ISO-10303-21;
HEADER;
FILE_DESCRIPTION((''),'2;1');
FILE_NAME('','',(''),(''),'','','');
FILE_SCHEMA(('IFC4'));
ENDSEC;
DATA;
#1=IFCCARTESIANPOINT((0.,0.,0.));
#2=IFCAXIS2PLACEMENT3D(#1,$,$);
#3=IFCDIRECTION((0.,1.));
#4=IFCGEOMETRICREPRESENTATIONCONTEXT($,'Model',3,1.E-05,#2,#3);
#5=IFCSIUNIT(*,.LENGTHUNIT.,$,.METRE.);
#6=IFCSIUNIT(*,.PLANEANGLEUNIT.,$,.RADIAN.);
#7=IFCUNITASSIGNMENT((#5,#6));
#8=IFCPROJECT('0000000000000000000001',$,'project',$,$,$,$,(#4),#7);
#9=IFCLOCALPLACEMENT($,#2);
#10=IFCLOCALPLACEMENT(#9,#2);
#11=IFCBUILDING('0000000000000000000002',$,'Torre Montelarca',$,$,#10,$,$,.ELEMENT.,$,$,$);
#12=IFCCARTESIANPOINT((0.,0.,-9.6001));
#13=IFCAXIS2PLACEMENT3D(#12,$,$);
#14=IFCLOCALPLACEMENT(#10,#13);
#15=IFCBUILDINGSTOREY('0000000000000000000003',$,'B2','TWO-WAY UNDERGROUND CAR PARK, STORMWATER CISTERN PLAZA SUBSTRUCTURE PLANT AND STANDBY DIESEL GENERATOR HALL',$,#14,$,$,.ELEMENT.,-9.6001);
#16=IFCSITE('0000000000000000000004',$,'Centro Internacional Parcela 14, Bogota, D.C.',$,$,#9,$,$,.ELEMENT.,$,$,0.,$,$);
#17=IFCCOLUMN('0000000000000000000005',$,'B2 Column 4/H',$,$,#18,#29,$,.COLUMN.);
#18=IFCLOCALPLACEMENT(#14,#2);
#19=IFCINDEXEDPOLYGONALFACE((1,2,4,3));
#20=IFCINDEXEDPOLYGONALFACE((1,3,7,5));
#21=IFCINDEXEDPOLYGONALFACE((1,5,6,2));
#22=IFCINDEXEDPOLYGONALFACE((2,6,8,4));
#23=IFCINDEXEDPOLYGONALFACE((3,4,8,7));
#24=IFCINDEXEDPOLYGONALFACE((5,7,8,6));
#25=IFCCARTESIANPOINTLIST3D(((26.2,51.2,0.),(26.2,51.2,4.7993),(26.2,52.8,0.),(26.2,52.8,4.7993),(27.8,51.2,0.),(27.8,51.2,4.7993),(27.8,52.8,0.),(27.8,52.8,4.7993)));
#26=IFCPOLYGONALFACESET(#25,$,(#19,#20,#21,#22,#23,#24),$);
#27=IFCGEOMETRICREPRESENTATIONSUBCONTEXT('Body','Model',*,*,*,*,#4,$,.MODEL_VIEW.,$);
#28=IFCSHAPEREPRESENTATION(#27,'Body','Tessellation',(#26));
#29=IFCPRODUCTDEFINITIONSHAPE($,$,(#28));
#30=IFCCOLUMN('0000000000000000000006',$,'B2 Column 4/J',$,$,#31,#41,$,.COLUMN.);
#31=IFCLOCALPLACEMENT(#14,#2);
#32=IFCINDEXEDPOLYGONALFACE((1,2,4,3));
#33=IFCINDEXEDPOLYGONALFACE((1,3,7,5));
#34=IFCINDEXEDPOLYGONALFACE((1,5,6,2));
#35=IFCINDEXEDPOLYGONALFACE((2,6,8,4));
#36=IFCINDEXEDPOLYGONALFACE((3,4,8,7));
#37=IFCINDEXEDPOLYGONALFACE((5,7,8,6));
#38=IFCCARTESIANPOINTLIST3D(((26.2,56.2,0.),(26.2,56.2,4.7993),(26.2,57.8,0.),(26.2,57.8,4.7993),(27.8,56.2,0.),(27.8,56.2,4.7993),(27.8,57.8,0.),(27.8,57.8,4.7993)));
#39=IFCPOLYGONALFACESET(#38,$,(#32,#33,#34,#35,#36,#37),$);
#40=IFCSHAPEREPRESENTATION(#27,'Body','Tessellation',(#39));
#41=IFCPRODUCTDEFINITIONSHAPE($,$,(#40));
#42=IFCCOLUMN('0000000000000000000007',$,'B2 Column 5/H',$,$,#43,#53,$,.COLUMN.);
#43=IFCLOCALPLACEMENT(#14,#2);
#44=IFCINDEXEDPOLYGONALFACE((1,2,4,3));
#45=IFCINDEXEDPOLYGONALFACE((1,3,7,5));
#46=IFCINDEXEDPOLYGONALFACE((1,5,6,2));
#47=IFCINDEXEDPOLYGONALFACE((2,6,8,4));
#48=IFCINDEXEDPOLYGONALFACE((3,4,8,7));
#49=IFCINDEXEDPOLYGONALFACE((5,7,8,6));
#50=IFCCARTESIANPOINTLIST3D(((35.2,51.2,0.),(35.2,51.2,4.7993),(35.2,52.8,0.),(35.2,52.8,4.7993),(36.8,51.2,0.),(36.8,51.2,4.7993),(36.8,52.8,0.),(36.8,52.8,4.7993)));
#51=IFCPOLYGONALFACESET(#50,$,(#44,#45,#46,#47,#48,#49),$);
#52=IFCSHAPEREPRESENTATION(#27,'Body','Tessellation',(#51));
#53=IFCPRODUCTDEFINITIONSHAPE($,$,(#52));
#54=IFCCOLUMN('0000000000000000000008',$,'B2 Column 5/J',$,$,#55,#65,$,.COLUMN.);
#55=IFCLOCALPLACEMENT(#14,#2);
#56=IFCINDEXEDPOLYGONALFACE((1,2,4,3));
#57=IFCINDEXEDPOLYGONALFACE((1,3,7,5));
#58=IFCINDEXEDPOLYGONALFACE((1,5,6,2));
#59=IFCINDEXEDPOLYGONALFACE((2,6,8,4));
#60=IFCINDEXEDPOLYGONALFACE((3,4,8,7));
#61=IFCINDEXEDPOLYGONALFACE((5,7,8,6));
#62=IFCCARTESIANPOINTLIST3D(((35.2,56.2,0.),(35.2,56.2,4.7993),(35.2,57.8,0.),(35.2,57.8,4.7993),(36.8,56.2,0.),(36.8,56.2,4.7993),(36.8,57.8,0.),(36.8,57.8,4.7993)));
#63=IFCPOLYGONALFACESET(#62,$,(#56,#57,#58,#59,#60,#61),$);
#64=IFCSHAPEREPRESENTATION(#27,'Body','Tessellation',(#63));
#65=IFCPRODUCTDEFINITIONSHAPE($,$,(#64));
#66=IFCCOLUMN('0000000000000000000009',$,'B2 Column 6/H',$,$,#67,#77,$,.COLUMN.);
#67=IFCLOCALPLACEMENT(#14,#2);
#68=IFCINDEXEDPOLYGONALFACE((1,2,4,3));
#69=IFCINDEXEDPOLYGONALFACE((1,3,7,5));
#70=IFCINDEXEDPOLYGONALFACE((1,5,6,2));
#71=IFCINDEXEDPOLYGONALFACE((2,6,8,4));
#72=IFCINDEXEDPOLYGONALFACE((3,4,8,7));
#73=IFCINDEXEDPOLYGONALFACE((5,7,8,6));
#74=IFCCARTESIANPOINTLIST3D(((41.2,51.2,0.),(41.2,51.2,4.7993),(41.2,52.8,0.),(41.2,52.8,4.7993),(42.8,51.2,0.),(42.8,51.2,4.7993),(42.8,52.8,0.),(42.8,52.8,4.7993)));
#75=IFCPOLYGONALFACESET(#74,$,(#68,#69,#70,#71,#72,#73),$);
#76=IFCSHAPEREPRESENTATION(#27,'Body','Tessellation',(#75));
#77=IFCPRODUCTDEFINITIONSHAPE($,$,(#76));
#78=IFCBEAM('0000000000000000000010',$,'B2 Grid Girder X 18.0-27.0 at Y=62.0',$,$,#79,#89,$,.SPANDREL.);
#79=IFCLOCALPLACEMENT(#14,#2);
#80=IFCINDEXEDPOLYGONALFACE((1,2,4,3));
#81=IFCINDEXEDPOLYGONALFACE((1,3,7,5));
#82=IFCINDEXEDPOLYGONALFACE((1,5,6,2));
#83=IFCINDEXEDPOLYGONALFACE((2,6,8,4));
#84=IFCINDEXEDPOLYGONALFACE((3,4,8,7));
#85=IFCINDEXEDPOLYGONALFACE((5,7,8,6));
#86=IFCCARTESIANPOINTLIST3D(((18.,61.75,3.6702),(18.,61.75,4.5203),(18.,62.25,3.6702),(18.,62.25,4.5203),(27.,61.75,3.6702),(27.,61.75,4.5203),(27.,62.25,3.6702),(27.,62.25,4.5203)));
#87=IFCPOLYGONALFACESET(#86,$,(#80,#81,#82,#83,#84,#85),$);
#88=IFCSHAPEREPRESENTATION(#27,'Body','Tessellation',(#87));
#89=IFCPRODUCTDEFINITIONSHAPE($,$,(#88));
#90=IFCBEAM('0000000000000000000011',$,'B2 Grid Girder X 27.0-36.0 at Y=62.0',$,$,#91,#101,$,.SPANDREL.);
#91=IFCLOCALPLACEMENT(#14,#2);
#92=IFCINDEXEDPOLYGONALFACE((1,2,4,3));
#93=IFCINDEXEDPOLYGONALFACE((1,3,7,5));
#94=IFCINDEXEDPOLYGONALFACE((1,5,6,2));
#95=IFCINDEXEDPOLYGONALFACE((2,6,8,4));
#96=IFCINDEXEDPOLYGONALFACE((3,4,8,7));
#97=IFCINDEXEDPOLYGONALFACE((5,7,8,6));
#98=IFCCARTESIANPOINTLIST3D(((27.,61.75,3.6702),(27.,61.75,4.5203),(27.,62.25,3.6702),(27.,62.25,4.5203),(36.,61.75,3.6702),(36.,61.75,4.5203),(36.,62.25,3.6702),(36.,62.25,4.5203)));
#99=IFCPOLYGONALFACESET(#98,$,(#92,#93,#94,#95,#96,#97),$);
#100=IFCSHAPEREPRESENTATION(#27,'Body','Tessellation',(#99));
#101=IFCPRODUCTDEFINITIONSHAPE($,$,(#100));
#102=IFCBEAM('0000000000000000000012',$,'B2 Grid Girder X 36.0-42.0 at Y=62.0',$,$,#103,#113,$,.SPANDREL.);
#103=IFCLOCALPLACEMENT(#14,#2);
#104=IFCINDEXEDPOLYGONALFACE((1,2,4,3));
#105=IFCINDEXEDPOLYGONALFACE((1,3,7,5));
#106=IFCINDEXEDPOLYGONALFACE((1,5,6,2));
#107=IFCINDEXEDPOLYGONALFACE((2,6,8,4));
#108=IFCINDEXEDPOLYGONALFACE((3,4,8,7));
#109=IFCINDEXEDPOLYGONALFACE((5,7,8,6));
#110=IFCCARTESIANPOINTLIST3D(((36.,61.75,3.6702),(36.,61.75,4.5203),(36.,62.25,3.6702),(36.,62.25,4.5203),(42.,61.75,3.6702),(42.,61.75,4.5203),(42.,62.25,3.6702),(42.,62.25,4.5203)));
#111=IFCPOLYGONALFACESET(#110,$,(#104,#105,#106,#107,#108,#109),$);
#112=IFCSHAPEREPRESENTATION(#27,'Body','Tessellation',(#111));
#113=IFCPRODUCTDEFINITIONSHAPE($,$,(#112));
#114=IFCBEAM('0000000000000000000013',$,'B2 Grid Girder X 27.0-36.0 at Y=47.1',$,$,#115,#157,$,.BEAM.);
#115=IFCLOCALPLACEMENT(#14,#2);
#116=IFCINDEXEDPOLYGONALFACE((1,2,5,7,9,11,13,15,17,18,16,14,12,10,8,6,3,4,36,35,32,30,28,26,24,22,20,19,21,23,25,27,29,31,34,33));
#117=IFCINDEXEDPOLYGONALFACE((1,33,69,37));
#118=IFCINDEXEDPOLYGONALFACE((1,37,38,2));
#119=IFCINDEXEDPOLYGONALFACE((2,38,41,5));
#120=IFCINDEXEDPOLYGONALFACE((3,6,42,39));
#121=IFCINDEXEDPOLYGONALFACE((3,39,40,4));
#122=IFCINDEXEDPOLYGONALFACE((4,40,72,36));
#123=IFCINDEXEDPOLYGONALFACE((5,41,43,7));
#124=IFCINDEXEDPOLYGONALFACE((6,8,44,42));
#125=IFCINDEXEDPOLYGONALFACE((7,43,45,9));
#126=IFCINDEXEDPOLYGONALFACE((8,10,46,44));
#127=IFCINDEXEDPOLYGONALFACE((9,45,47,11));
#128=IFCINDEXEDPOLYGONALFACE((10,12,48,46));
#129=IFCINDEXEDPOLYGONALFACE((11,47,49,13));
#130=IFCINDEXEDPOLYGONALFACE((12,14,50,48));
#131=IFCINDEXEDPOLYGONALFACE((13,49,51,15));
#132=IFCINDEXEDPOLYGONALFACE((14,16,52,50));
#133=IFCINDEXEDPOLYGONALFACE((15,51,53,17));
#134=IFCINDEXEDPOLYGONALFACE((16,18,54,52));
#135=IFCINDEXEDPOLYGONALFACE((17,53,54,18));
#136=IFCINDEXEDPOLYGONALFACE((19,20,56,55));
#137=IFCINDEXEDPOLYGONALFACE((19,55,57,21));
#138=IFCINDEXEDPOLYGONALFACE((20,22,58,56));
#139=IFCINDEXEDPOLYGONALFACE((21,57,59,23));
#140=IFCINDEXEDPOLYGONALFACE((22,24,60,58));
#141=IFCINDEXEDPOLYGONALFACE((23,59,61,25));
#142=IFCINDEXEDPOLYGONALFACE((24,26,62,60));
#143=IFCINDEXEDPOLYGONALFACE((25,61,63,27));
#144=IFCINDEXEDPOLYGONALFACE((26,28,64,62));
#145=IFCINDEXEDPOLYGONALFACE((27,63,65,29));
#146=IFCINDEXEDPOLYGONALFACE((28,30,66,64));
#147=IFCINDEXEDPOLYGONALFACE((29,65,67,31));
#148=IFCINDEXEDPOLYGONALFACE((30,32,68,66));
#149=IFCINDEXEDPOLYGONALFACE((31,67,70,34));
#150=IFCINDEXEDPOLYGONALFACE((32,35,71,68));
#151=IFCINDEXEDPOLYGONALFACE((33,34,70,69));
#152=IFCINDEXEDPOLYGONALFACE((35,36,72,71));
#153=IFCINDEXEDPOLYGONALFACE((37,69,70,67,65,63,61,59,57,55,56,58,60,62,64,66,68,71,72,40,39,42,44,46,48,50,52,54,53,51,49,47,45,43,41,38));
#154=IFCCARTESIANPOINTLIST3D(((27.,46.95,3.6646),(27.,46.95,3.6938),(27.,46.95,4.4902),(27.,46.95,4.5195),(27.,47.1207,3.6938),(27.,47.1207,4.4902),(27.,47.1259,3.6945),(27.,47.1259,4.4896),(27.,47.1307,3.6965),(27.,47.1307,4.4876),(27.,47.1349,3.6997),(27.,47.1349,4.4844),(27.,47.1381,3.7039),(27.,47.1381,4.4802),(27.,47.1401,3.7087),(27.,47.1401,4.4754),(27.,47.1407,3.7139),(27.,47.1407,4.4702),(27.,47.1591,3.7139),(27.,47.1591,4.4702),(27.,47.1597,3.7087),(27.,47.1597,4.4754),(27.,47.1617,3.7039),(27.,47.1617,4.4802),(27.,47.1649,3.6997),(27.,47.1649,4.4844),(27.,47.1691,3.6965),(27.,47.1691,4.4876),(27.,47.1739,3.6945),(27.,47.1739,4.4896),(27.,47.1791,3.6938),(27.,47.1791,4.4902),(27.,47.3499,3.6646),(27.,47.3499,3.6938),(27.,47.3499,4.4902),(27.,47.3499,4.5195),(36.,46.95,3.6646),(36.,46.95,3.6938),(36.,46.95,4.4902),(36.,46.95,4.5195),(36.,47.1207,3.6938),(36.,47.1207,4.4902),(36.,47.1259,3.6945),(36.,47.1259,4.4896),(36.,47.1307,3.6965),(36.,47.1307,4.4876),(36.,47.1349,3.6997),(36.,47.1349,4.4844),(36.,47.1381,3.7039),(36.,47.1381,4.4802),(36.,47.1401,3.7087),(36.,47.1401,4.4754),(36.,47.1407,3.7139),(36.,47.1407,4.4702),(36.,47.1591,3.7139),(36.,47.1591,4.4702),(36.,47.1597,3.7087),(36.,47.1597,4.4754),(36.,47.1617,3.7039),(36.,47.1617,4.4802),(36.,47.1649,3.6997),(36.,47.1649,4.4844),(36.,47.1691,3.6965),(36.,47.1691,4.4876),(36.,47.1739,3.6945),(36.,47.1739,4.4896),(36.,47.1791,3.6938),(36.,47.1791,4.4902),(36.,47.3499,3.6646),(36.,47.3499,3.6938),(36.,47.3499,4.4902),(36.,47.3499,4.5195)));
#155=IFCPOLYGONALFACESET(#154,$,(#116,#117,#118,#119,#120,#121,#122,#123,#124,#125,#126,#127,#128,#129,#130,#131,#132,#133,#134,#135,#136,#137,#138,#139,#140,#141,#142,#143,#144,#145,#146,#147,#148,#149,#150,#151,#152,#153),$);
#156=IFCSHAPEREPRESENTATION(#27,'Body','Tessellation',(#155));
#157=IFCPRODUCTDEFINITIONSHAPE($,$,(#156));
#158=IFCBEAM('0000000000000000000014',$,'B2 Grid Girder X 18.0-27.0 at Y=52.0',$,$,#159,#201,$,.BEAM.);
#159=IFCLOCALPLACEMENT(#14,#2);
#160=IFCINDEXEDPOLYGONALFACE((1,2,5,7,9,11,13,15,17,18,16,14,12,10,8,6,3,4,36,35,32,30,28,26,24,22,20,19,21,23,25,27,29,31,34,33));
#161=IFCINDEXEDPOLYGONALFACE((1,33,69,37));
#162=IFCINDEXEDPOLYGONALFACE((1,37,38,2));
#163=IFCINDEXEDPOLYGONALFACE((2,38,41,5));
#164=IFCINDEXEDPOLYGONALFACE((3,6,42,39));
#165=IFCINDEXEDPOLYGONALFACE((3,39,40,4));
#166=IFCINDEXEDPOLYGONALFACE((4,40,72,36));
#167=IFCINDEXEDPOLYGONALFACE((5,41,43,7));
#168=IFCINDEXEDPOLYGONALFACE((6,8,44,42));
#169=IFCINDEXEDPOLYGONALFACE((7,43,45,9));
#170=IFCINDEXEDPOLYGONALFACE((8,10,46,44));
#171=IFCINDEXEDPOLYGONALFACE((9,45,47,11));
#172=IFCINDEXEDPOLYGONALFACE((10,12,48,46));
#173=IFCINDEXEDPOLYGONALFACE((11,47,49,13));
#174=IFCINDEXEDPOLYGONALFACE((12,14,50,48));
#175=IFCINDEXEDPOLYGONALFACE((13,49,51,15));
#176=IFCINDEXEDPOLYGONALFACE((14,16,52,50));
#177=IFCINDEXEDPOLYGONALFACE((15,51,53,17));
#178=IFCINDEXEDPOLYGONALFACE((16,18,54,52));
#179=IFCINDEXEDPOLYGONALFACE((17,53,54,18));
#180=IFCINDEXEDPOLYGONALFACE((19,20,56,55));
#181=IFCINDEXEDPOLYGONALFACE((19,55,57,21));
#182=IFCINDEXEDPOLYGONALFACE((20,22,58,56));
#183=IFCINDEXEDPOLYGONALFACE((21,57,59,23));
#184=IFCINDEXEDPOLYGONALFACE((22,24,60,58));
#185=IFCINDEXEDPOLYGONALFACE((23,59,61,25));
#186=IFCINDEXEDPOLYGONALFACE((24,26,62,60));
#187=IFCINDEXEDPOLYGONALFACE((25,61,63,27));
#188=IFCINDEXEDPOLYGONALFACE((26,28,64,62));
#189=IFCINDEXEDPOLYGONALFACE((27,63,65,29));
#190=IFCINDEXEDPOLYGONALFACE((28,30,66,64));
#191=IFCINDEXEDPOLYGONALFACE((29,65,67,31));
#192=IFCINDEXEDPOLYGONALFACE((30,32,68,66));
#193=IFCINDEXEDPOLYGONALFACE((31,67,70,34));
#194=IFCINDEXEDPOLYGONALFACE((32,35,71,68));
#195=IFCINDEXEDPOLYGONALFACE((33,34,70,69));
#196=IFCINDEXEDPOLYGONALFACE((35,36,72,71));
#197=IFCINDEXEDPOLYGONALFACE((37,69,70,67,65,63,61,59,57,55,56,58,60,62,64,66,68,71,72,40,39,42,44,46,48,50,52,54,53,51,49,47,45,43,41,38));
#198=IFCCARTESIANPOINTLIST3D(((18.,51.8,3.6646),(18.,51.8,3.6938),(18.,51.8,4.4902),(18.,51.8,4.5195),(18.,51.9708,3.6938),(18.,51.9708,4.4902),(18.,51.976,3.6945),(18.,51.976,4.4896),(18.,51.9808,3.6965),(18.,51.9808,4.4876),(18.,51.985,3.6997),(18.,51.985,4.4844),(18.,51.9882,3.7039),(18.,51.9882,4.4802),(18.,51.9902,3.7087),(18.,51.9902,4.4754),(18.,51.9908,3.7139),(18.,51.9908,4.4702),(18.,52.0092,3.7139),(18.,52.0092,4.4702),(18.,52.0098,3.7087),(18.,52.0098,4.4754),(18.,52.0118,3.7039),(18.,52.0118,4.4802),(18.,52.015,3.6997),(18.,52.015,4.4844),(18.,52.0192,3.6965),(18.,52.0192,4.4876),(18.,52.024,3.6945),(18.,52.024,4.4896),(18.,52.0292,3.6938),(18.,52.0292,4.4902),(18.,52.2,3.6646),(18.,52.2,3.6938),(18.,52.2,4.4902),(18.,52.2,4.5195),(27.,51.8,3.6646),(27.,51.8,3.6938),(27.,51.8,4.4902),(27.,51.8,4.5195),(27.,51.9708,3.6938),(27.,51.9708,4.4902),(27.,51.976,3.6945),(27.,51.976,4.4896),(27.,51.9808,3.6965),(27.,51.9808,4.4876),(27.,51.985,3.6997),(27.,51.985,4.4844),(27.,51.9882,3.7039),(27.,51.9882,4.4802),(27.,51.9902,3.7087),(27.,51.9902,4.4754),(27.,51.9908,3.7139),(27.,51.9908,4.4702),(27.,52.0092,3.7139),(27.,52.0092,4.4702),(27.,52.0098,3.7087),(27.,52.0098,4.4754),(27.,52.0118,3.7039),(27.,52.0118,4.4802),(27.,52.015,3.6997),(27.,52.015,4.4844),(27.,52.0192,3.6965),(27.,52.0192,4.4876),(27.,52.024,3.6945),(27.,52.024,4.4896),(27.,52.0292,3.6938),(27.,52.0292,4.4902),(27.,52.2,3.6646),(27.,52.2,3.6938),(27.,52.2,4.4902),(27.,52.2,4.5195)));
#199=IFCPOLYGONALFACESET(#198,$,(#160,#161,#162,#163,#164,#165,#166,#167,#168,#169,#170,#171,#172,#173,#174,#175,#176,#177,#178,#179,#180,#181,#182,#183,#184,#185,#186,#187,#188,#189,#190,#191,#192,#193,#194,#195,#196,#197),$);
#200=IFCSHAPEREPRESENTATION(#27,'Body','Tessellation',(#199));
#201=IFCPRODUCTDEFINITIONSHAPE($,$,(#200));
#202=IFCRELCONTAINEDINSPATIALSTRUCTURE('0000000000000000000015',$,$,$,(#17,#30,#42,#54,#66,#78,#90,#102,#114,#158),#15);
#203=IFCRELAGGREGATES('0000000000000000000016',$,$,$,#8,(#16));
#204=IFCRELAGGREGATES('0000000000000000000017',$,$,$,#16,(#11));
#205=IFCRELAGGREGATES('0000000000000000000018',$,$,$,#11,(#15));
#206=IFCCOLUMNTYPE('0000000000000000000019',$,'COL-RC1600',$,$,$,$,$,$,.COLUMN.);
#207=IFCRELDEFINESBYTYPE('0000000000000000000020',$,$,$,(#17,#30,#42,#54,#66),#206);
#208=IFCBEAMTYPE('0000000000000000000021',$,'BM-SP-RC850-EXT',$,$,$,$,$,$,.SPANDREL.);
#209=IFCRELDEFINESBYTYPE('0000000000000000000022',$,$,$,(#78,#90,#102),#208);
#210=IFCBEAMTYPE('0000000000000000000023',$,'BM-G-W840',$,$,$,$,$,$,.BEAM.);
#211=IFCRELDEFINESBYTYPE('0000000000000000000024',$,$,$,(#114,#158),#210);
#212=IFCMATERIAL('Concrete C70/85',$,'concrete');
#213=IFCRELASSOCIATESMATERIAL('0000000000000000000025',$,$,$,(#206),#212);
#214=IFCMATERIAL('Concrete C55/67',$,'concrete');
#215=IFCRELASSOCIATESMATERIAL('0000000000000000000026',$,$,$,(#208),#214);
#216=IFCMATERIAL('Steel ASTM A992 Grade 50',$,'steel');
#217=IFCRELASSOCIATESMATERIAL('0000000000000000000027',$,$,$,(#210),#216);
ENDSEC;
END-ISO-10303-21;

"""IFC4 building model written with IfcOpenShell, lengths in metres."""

from ifc_helpers import new_model, si_unit, direction, frame, origin, origin_2d, place, context, subcontext, project, spatial, rectangle, i_section, extrude, source, transform, mapped, material, material_profile, profile_set, type_object, element, save


model = new_model("IFC4")

# Units and contexts
model_context = context("Model", 3, precision=1e-05, world=origin(), true_north=direction((0.0, 1.0)))
body_context = subcontext(model_context, "Body", "Model", "MODEL_VIEW")
ifc_project = project(units=[si_unit("LENGTHUNIT", "METRE"), si_unit("PLANEANGLEUNIT", "RADIAN")], contexts=[model_context])

# Site, building, storey
site_placement = place(None, origin())
site = spatial("IfcSite", under=ifc_project, at=site_placement, Name="Centro Internacional Parcela 14, Bogota, D.C.", CompositionType="ELEMENT", RefElevation=0.0)
building_placement = place(site_placement, origin())
building = spatial("IfcBuilding", under=site, at=building_placement, Name="Torre Montelarca", CompositionType="ELEMENT")
storey_placement = place(building_placement, frame((0.0, 0.0, -9.6001)))
storey = spatial("IfcBuildingStorey", under=building, at=storey_placement, Name="B2", Description="TWO-WAY UNDERGROUND CAR PARK, STORMWATER CISTERN PLAZA SUBSTRUCTURE PLANT AND STANDBY DIESEL GENERATOR HALL", CompositionType="ELEMENT", Elevation=-9.6001)

# Columns
ifc_material_1 = material(Name="Concrete C70/85", Category="concrete")
ifc_material_profile_1 = material_profile(ifc_material_1, rectangle(XDim=1.6001, YDim=1.6001, at=origin_2d()), Name="RC1600X1600", Category="concrete")
ifc_profile_set_1 = profile_set([ifc_material_profile_1], Name="Concrete C70/85")
column_type_1 = type_object("IfcColumnType", Name="COL-RC1600", PredefinedType="COLUMN", material=ifc_profile_set_1)
shared_shape_1 = source(origin(), body_context, "Body", "SweptSolid", [
    extrude(rectangle(XDim=1.6001, YDim=1.6001, at=origin_2d()), origin(), (0.0, 0.0, 1.0), 4.7993),
])
for number, where, z_axis, x_axis, name in (
    (1, (27.0, 52.0, 0.0), (0.0, 0.0, 1.0), (1.0, 0.0, 0.0), "B2 Column 4/H"),
    (2, (27.0, 57.0, 0.0), (0.0, 0.0, 1.0), (1.0, 0.0, 0.0), "B2 Column 4/J"),
    (3, (36.0, 52.0, 0.0), (0.0, 0.0, 1.0), (1.0, 0.0, 0.0), "B2 Column 5/H"),
    (4, (36.0, 57.0, 0.0), (0.0, 0.0, 1.0), (1.0, 0.0, 0.0), "B2 Column 5/J"),
    (5, (42.0, 52.0, 0.0), (0.0, 0.0, 1.0), (1.0, 0.0, 0.0), "B2 Column 6/H"),
):
    element("IfcColumn", number, at=place(storey_placement, frame(where, z_axis=z_axis, x_axis=x_axis)), inside=storey, type_object=column_type_1, Name=name, PredefinedType="COLUMN", context=body_context, shape_type="MappedRepresentation", body=[
        mapped(shared_shape_1, transform((0.0, 0.0, 0.0), scale=1.0)),
    ])

# Beams
ifc_material_2 = material(Name="Concrete C55/67", Category="concrete")
ifc_material_profile_2 = material_profile(ifc_material_2, rectangle(XDim=0.5, YDim=0.8501, at=origin_2d()), Name="RCB500X850", Category="concrete")
ifc_profile_set_2 = profile_set([ifc_material_profile_2], Name="Concrete C55/67")
beam_type_1 = type_object("IfcBeamType", Name="BM-SP-RC850-EXT", PredefinedType="SPANDREL", material=ifc_profile_set_2)
shared_shape_2 = source(origin(), body_context, "Body", "SweptSolid", [
    extrude(rectangle(XDim=0.5, YDim=0.8501, at=origin_2d()), origin(), (0.0, 0.0, 1.0), 9.0),
])
for number, where, z_axis, x_axis, name in (
    (6, (18.0, 62.0, 4.0952), (1.0, 0.0, 0.0), (0.0, 1.0, 0.0), "B2 Grid Girder X 18.0-27.0 at Y=62.0"),
    (7, (27.0, 62.0, 4.0952), (1.0, 0.0, 0.0), (0.0, 1.0, 0.0), "B2 Grid Girder X 27.0-36.0 at Y=62.0"),
):
    element("IfcBeam", number, at=place(storey_placement, frame(where, z_axis=z_axis, x_axis=x_axis)), inside=storey, type_object=beam_type_1, Name=name, PredefinedType="SPANDREL", context=body_context, shape_type="MappedRepresentation", body=[
        mapped(shared_shape_2, transform((0.0, 0.0, 0.0), scale=1.0)),
    ])
shared_shape_3 = source(origin(), body_context, "Body", "SweptSolid", [
    extrude(rectangle(XDim=0.5, YDim=0.8501, at=origin_2d()), origin(), (0.0, 0.0, 1.0), 6.0),
])
beam_1_placement = place(storey_placement, frame((36.0, 62.0, 4.0952), z_axis=(1.0, 0.0, 0.0), x_axis=(0.0, 1.0, 0.0)))
element("IfcBeam", 8, at=beam_1_placement, inside=storey, type_object=beam_type_1, Name="B2 Grid Girder X 36.0-42.0 at Y=62.0", PredefinedType="SPANDREL", context=body_context, shape_type="MappedRepresentation", body=[
    mapped(shared_shape_3, transform((0.0, 0.0, 0.0), scale=1.0)),
])
ifc_material_3 = material(Name="Steel ASTM A992 Grade 50", Category="steel")
ifc_material_profile_3 = material_profile(ifc_material_3, i_section(OverallWidth=0.3999, OverallDepth=0.855, WebThickness=0.0183, FlangeThickness=0.0293, FilletRadius=0.02, at=origin_2d()), Name="W840X299", Category="steel")
ifc_profile_set_3 = profile_set([ifc_material_profile_3], Name="Steel ASTM A992 Grade 50")
beam_type_2 = type_object("IfcBeamType", Name="BM-G-W840", PredefinedType="BEAM", material=ifc_profile_set_3)
shared_shape_4 = source(origin(), body_context, "Body", "SweptSolid", [
    extrude(i_section(OverallWidth=0.3999, OverallDepth=0.855, WebThickness=0.0183, FlangeThickness=0.0293, FilletRadius=0.02, at=origin_2d()), origin(), (0.0, 0.0, 1.0), 9.0),
])
for number, where, z_axis, x_axis, name in (
    (9, (27.0, 47.1499, 4.092), (1.0, 0.0, 0.0), (0.0, 1.0, 0.0), "B2 Grid Girder X 27.0-36.0 at Y=47.1"),
    (10, (18.0, 52.0, 4.092), (1.0, 0.0, 0.0), (0.0, 1.0, 0.0), "B2 Grid Girder X 18.0-27.0 at Y=52.0"),
):
    element("IfcBeam", number, at=place(storey_placement, frame(where, z_axis=z_axis, x_axis=x_axis)), inside=storey, type_object=beam_type_2, Name=name, PredefinedType="BEAM", context=body_context, shape_type="MappedRepresentation", body=[
        mapped(shared_shape_4, transform((0.0, 0.0, 0.0), scale=1.0)),
    ])

save(model, "model.ifc")
